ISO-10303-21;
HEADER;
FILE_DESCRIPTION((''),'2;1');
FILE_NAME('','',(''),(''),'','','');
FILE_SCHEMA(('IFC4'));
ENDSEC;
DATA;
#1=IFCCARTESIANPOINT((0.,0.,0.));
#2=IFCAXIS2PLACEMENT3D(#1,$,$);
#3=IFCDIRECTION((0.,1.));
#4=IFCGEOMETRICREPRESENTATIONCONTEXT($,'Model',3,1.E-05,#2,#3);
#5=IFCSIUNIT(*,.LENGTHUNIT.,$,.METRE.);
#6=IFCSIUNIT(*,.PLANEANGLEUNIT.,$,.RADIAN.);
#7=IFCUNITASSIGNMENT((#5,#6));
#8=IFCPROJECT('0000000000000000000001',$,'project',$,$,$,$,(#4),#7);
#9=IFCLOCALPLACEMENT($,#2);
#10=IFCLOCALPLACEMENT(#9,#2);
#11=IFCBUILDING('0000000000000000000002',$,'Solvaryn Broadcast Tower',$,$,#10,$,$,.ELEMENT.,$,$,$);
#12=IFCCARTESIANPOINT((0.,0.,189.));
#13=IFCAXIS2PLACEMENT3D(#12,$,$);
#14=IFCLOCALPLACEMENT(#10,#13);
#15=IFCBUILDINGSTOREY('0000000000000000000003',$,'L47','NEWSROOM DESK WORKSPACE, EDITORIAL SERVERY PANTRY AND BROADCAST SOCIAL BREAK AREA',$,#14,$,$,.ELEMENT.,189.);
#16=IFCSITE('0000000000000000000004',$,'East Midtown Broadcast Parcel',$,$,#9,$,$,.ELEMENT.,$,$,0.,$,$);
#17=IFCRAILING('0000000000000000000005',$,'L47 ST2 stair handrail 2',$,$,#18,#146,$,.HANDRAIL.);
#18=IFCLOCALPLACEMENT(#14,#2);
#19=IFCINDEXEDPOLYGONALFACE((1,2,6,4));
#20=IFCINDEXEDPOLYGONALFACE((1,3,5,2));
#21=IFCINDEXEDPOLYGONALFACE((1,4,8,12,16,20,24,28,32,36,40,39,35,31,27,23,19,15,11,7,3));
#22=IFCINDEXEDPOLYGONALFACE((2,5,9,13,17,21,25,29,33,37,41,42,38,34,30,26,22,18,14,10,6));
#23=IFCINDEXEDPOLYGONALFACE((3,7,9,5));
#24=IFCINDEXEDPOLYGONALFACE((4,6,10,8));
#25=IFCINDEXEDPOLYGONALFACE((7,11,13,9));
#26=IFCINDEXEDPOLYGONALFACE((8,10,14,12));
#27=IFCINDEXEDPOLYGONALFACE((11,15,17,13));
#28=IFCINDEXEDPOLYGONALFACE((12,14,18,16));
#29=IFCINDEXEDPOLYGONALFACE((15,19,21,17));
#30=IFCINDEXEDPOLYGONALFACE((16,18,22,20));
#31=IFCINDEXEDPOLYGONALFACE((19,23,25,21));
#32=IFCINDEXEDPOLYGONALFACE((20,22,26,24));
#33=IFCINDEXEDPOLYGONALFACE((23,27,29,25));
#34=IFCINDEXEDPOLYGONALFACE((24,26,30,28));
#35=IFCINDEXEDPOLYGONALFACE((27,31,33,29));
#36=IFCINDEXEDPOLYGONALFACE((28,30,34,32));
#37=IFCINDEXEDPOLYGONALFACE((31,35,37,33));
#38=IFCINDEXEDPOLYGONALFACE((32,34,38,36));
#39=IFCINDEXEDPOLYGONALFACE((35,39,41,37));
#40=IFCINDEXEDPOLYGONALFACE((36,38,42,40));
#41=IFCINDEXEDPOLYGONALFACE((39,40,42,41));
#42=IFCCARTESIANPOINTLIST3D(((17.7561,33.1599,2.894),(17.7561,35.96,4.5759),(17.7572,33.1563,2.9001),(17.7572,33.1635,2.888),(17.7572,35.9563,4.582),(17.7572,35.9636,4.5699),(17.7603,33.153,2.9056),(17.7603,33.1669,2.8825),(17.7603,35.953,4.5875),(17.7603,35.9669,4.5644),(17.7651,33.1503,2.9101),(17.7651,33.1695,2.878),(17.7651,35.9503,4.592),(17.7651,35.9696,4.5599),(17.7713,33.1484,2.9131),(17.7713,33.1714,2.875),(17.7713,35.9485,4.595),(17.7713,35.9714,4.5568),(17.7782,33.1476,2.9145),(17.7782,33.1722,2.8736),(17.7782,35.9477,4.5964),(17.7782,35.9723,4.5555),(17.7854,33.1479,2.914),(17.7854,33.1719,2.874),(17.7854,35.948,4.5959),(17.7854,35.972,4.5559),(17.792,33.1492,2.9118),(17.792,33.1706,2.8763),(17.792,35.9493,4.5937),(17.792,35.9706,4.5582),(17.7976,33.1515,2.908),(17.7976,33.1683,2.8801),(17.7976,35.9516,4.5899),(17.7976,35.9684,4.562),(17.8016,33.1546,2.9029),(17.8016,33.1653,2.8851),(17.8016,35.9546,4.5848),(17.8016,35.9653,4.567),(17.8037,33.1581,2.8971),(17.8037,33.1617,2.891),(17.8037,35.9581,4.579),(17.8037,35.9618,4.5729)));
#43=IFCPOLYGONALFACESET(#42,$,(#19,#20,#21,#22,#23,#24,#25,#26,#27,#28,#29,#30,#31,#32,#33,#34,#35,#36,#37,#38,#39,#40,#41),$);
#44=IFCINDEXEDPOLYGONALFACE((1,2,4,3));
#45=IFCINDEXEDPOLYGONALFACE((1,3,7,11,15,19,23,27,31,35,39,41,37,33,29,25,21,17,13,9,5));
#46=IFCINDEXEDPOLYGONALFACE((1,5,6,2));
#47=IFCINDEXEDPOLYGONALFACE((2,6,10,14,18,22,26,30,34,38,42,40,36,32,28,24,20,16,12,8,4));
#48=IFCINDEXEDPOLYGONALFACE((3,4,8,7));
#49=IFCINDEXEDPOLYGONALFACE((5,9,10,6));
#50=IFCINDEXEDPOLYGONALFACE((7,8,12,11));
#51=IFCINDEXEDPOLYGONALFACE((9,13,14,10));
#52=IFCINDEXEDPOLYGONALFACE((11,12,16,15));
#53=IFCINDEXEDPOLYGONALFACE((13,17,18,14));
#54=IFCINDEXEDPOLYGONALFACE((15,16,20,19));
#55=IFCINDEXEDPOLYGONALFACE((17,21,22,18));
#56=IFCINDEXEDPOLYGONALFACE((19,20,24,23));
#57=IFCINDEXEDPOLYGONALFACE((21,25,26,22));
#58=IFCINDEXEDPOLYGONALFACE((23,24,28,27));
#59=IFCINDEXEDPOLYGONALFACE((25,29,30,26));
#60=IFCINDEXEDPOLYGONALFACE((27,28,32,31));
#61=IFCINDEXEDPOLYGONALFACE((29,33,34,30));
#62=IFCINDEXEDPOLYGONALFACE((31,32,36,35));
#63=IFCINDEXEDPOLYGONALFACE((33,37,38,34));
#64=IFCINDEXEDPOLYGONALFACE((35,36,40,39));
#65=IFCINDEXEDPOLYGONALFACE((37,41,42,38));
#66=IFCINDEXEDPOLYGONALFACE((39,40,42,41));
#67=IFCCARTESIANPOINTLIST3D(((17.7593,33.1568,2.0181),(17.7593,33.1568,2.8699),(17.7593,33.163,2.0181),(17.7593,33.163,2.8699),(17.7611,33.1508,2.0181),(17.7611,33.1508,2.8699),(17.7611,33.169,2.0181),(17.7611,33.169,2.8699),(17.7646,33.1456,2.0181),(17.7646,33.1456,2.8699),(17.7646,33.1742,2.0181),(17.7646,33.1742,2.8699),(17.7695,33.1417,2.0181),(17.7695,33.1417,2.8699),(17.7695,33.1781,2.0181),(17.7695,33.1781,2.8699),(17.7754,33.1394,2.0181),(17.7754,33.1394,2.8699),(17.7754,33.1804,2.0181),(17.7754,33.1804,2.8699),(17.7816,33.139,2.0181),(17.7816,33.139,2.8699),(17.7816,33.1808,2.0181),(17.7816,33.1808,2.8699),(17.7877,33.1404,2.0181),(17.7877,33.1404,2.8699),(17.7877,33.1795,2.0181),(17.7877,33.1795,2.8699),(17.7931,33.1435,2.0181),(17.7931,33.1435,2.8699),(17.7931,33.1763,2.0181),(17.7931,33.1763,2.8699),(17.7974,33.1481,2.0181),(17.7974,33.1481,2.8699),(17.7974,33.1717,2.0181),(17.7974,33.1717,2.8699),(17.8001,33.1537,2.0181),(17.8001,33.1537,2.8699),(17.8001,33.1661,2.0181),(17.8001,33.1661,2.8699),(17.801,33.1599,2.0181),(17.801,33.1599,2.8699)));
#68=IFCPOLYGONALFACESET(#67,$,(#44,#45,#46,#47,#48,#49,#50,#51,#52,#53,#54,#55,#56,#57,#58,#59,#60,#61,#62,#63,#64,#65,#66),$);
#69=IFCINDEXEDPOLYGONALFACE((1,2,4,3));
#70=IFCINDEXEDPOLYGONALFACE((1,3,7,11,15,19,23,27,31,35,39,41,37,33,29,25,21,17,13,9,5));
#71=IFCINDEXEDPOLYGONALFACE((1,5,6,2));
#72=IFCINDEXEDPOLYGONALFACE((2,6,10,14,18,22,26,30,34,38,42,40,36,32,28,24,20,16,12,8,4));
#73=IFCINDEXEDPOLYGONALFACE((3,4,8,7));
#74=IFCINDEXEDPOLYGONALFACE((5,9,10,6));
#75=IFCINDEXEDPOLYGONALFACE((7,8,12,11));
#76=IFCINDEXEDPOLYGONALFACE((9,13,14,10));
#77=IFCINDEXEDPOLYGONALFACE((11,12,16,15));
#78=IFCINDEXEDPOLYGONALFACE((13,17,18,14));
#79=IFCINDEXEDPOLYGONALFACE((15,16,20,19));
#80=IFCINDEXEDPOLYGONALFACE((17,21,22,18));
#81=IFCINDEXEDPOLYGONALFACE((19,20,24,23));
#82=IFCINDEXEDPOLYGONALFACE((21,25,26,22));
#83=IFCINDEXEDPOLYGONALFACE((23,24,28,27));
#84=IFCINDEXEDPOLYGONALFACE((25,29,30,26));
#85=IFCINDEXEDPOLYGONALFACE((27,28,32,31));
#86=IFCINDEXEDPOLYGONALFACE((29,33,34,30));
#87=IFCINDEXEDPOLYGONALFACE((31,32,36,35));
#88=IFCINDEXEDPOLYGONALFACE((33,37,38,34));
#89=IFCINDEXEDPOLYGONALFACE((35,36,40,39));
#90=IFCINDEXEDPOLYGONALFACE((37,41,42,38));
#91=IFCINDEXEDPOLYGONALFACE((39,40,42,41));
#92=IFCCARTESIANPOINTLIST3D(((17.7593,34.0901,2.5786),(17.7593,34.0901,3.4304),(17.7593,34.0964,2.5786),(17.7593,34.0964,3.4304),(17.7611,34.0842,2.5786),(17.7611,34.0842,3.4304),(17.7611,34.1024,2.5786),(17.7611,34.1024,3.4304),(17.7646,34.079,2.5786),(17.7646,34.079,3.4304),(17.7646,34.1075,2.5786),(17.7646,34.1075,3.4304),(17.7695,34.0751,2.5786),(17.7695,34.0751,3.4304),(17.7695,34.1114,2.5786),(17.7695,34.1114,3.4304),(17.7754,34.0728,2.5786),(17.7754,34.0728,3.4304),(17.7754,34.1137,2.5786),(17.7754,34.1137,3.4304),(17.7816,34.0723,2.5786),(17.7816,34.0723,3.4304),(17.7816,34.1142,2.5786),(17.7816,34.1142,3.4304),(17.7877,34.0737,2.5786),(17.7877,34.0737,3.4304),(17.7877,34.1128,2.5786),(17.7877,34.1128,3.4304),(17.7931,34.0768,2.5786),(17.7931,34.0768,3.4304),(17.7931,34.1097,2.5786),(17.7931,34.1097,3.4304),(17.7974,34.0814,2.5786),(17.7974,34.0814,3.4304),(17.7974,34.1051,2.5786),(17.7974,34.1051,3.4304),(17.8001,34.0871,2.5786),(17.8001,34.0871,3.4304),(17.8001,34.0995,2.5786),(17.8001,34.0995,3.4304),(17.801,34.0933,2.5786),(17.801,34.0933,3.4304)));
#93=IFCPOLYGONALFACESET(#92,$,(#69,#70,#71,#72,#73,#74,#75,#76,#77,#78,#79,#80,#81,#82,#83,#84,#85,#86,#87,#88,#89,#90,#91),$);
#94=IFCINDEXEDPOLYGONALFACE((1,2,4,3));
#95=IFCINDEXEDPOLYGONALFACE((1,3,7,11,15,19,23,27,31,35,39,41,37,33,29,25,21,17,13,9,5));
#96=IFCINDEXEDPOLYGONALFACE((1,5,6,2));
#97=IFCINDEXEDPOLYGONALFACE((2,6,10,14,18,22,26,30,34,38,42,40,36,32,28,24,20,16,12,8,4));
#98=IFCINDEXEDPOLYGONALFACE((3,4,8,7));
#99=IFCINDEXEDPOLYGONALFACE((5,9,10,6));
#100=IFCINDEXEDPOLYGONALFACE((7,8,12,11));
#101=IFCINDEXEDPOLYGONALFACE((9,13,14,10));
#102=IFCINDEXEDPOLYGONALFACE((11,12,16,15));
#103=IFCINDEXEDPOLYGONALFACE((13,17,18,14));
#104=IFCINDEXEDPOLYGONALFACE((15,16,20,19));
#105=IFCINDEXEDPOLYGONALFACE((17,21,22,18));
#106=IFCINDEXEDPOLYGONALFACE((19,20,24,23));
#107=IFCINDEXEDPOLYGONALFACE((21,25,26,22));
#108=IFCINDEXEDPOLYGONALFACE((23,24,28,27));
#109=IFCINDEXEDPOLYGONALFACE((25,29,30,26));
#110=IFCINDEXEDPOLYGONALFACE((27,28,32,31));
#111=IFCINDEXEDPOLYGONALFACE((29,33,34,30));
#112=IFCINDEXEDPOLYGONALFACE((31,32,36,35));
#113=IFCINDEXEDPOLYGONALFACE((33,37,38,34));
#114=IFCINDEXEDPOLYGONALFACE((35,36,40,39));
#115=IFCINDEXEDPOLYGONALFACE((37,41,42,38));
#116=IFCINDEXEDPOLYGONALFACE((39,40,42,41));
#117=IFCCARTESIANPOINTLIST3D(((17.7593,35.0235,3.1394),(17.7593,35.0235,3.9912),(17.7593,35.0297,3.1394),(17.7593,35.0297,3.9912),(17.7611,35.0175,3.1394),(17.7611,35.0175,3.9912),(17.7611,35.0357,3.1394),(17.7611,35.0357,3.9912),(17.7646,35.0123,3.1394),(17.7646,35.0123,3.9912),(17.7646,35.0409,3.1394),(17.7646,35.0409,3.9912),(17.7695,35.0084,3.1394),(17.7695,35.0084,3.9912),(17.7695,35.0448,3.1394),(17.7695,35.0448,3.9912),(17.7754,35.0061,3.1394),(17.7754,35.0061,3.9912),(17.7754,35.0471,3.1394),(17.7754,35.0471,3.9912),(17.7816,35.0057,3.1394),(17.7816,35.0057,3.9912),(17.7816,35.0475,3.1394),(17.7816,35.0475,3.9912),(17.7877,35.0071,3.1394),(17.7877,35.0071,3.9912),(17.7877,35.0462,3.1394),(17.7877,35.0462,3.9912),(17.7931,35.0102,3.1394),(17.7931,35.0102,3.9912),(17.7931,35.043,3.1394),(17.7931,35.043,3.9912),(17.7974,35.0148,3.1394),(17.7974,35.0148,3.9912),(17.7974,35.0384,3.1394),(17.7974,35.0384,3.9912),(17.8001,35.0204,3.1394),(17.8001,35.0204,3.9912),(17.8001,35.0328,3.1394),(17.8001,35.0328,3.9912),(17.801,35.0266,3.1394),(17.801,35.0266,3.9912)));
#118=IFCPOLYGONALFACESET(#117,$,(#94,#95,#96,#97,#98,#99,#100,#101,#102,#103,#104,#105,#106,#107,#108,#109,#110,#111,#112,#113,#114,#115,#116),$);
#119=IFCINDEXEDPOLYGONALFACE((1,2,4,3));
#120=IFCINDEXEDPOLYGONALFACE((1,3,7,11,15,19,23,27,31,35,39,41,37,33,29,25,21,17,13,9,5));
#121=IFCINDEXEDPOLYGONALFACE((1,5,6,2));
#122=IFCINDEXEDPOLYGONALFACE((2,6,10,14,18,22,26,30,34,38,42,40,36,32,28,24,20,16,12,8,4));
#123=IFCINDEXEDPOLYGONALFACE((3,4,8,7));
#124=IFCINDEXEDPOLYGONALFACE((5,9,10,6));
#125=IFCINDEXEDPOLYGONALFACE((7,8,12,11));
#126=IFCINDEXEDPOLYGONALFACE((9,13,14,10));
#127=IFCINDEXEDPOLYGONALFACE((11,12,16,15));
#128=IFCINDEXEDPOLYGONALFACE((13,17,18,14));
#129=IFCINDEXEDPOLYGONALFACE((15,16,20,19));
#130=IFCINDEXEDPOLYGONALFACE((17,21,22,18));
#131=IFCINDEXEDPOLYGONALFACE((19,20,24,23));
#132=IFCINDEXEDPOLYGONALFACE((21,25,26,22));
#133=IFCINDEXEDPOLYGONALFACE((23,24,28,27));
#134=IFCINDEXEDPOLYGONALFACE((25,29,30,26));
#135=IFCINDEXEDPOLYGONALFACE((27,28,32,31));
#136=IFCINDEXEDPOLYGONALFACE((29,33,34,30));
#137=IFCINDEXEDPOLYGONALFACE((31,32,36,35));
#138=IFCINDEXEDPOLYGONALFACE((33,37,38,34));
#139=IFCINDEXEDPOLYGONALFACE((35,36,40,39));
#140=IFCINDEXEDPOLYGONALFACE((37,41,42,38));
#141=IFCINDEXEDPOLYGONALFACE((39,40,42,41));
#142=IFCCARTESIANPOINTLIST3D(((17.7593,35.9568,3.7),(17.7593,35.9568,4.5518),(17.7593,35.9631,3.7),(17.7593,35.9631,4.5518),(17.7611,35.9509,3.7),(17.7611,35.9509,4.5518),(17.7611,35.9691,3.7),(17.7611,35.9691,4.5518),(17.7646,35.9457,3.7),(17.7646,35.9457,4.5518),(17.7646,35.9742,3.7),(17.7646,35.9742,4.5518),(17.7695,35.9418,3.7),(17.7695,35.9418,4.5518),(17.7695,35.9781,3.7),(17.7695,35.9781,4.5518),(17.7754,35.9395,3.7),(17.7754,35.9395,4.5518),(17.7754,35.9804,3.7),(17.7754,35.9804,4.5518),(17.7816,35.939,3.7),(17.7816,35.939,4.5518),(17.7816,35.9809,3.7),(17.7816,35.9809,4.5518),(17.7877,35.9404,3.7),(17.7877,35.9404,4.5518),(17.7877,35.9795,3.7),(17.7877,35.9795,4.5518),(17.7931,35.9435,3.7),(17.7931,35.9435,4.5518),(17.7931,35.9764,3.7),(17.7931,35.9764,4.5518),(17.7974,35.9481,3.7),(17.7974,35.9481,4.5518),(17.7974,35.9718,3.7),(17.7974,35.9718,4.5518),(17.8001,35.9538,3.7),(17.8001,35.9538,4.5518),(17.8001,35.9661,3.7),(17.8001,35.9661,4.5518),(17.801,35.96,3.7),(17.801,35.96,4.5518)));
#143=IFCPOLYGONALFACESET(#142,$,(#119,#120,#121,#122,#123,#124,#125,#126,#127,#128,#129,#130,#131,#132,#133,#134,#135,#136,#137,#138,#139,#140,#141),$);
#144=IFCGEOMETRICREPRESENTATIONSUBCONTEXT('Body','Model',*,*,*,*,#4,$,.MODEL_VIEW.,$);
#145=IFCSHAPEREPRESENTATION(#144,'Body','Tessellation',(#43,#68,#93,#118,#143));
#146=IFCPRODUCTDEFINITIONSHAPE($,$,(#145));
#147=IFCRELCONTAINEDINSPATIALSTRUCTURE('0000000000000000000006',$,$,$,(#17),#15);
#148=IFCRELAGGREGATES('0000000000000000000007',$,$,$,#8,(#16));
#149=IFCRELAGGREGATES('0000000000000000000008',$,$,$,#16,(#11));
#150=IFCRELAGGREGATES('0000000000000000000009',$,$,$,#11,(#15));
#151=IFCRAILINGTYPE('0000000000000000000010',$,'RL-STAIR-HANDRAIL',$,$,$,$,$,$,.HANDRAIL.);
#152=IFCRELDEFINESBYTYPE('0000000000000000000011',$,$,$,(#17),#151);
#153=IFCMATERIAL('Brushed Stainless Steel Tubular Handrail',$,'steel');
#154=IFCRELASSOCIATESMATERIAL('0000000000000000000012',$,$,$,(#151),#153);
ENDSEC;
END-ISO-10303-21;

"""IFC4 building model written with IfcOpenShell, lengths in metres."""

from ifc_helpers import new_model, si_unit, direction, frame, origin, origin_2d, place, context, subcontext, project, spatial, circle, extrude, material, type_object, element, save


model = new_model("IFC4")

# Units and contexts
model_context = context("Model", 3, precision=1e-05, world=origin(), true_north=direction((0.0, 1.0)))
body_context = subcontext(model_context, "Body", "Model", "MODEL_VIEW")
ifc_project = project(units=[si_unit("LENGTHUNIT", "METRE"), si_unit("PLANEANGLEUNIT", "RADIAN")], contexts=[model_context])

# Site, building, storey
site_placement = place(None, origin())
site = spatial("IfcSite", under=ifc_project, at=site_placement, Name="East Midtown Broadcast Parcel", CompositionType="ELEMENT", RefElevation=0.0)
building_placement = place(site_placement, origin())
building = spatial("IfcBuilding", under=site, at=building_placement, Name="Solvaryn Broadcast Tower", CompositionType="ELEMENT")
storey_placement = place(building_placement, frame((0.0, 0.0, 189.0)))
storey = spatial("IfcBuildingStorey", under=building, at=storey_placement, Name="L47", Description="NEWSROOM DESK WORKSPACE, EDITORIAL SERVERY PANTRY AND BROADCAST SOCIAL BREAK AREA", CompositionType="ELEMENT", Elevation=189.0)

# Railing
ifc_material_1 = material(Name="Brushed Stainless Steel Tubular Handrail", Category="steel")
railing_type_1 = type_object("IfcRailingType", Name="RL-STAIR-HANDRAIL", PredefinedType="HANDRAIL", material=ifc_material_1)
railing_1_placement = place(storey_placement, frame((17.78, 33.1599, 2.0181)))
element("IfcRailing", 1, at=railing_1_placement, inside=storey, type_object=railing_type_1, Name="L47 ST2 stair handrail 2", PredefinedType="HANDRAIL", context=body_context, shape_type="SweptSolid", body=[
    extrude(circle(Radius=0.0239, at=origin_2d()), frame((0.0, 0.0, 0.876), z_axis=(0.0, 0.857242, 0.514913), x_axis=(-1.0, 0.0, 0.0)), (0.0, 0.0, 1.0), 3.2664),
    extrude(circle(Radius=0.021, at=origin_2d()), origin(), (0.0, 0.0, 1.0), 0.8518),
    extrude(circle(Radius=0.021, at=origin_2d()), frame((0.0, 0.9333, 0.5605)), (0.0, 0.0, 1.0), 0.8518),
    extrude(circle(Radius=0.021, at=origin_2d()), frame((0.0, 1.8667, 1.1213)), (0.0, 0.0, 1.0), 0.8518),
    extrude(circle(Radius=0.021, at=origin_2d()), frame((0.0, 2.8, 1.6819)), (0.0, 0.0, 1.0), 0.8518),
])

save(model, "model.ifc")
